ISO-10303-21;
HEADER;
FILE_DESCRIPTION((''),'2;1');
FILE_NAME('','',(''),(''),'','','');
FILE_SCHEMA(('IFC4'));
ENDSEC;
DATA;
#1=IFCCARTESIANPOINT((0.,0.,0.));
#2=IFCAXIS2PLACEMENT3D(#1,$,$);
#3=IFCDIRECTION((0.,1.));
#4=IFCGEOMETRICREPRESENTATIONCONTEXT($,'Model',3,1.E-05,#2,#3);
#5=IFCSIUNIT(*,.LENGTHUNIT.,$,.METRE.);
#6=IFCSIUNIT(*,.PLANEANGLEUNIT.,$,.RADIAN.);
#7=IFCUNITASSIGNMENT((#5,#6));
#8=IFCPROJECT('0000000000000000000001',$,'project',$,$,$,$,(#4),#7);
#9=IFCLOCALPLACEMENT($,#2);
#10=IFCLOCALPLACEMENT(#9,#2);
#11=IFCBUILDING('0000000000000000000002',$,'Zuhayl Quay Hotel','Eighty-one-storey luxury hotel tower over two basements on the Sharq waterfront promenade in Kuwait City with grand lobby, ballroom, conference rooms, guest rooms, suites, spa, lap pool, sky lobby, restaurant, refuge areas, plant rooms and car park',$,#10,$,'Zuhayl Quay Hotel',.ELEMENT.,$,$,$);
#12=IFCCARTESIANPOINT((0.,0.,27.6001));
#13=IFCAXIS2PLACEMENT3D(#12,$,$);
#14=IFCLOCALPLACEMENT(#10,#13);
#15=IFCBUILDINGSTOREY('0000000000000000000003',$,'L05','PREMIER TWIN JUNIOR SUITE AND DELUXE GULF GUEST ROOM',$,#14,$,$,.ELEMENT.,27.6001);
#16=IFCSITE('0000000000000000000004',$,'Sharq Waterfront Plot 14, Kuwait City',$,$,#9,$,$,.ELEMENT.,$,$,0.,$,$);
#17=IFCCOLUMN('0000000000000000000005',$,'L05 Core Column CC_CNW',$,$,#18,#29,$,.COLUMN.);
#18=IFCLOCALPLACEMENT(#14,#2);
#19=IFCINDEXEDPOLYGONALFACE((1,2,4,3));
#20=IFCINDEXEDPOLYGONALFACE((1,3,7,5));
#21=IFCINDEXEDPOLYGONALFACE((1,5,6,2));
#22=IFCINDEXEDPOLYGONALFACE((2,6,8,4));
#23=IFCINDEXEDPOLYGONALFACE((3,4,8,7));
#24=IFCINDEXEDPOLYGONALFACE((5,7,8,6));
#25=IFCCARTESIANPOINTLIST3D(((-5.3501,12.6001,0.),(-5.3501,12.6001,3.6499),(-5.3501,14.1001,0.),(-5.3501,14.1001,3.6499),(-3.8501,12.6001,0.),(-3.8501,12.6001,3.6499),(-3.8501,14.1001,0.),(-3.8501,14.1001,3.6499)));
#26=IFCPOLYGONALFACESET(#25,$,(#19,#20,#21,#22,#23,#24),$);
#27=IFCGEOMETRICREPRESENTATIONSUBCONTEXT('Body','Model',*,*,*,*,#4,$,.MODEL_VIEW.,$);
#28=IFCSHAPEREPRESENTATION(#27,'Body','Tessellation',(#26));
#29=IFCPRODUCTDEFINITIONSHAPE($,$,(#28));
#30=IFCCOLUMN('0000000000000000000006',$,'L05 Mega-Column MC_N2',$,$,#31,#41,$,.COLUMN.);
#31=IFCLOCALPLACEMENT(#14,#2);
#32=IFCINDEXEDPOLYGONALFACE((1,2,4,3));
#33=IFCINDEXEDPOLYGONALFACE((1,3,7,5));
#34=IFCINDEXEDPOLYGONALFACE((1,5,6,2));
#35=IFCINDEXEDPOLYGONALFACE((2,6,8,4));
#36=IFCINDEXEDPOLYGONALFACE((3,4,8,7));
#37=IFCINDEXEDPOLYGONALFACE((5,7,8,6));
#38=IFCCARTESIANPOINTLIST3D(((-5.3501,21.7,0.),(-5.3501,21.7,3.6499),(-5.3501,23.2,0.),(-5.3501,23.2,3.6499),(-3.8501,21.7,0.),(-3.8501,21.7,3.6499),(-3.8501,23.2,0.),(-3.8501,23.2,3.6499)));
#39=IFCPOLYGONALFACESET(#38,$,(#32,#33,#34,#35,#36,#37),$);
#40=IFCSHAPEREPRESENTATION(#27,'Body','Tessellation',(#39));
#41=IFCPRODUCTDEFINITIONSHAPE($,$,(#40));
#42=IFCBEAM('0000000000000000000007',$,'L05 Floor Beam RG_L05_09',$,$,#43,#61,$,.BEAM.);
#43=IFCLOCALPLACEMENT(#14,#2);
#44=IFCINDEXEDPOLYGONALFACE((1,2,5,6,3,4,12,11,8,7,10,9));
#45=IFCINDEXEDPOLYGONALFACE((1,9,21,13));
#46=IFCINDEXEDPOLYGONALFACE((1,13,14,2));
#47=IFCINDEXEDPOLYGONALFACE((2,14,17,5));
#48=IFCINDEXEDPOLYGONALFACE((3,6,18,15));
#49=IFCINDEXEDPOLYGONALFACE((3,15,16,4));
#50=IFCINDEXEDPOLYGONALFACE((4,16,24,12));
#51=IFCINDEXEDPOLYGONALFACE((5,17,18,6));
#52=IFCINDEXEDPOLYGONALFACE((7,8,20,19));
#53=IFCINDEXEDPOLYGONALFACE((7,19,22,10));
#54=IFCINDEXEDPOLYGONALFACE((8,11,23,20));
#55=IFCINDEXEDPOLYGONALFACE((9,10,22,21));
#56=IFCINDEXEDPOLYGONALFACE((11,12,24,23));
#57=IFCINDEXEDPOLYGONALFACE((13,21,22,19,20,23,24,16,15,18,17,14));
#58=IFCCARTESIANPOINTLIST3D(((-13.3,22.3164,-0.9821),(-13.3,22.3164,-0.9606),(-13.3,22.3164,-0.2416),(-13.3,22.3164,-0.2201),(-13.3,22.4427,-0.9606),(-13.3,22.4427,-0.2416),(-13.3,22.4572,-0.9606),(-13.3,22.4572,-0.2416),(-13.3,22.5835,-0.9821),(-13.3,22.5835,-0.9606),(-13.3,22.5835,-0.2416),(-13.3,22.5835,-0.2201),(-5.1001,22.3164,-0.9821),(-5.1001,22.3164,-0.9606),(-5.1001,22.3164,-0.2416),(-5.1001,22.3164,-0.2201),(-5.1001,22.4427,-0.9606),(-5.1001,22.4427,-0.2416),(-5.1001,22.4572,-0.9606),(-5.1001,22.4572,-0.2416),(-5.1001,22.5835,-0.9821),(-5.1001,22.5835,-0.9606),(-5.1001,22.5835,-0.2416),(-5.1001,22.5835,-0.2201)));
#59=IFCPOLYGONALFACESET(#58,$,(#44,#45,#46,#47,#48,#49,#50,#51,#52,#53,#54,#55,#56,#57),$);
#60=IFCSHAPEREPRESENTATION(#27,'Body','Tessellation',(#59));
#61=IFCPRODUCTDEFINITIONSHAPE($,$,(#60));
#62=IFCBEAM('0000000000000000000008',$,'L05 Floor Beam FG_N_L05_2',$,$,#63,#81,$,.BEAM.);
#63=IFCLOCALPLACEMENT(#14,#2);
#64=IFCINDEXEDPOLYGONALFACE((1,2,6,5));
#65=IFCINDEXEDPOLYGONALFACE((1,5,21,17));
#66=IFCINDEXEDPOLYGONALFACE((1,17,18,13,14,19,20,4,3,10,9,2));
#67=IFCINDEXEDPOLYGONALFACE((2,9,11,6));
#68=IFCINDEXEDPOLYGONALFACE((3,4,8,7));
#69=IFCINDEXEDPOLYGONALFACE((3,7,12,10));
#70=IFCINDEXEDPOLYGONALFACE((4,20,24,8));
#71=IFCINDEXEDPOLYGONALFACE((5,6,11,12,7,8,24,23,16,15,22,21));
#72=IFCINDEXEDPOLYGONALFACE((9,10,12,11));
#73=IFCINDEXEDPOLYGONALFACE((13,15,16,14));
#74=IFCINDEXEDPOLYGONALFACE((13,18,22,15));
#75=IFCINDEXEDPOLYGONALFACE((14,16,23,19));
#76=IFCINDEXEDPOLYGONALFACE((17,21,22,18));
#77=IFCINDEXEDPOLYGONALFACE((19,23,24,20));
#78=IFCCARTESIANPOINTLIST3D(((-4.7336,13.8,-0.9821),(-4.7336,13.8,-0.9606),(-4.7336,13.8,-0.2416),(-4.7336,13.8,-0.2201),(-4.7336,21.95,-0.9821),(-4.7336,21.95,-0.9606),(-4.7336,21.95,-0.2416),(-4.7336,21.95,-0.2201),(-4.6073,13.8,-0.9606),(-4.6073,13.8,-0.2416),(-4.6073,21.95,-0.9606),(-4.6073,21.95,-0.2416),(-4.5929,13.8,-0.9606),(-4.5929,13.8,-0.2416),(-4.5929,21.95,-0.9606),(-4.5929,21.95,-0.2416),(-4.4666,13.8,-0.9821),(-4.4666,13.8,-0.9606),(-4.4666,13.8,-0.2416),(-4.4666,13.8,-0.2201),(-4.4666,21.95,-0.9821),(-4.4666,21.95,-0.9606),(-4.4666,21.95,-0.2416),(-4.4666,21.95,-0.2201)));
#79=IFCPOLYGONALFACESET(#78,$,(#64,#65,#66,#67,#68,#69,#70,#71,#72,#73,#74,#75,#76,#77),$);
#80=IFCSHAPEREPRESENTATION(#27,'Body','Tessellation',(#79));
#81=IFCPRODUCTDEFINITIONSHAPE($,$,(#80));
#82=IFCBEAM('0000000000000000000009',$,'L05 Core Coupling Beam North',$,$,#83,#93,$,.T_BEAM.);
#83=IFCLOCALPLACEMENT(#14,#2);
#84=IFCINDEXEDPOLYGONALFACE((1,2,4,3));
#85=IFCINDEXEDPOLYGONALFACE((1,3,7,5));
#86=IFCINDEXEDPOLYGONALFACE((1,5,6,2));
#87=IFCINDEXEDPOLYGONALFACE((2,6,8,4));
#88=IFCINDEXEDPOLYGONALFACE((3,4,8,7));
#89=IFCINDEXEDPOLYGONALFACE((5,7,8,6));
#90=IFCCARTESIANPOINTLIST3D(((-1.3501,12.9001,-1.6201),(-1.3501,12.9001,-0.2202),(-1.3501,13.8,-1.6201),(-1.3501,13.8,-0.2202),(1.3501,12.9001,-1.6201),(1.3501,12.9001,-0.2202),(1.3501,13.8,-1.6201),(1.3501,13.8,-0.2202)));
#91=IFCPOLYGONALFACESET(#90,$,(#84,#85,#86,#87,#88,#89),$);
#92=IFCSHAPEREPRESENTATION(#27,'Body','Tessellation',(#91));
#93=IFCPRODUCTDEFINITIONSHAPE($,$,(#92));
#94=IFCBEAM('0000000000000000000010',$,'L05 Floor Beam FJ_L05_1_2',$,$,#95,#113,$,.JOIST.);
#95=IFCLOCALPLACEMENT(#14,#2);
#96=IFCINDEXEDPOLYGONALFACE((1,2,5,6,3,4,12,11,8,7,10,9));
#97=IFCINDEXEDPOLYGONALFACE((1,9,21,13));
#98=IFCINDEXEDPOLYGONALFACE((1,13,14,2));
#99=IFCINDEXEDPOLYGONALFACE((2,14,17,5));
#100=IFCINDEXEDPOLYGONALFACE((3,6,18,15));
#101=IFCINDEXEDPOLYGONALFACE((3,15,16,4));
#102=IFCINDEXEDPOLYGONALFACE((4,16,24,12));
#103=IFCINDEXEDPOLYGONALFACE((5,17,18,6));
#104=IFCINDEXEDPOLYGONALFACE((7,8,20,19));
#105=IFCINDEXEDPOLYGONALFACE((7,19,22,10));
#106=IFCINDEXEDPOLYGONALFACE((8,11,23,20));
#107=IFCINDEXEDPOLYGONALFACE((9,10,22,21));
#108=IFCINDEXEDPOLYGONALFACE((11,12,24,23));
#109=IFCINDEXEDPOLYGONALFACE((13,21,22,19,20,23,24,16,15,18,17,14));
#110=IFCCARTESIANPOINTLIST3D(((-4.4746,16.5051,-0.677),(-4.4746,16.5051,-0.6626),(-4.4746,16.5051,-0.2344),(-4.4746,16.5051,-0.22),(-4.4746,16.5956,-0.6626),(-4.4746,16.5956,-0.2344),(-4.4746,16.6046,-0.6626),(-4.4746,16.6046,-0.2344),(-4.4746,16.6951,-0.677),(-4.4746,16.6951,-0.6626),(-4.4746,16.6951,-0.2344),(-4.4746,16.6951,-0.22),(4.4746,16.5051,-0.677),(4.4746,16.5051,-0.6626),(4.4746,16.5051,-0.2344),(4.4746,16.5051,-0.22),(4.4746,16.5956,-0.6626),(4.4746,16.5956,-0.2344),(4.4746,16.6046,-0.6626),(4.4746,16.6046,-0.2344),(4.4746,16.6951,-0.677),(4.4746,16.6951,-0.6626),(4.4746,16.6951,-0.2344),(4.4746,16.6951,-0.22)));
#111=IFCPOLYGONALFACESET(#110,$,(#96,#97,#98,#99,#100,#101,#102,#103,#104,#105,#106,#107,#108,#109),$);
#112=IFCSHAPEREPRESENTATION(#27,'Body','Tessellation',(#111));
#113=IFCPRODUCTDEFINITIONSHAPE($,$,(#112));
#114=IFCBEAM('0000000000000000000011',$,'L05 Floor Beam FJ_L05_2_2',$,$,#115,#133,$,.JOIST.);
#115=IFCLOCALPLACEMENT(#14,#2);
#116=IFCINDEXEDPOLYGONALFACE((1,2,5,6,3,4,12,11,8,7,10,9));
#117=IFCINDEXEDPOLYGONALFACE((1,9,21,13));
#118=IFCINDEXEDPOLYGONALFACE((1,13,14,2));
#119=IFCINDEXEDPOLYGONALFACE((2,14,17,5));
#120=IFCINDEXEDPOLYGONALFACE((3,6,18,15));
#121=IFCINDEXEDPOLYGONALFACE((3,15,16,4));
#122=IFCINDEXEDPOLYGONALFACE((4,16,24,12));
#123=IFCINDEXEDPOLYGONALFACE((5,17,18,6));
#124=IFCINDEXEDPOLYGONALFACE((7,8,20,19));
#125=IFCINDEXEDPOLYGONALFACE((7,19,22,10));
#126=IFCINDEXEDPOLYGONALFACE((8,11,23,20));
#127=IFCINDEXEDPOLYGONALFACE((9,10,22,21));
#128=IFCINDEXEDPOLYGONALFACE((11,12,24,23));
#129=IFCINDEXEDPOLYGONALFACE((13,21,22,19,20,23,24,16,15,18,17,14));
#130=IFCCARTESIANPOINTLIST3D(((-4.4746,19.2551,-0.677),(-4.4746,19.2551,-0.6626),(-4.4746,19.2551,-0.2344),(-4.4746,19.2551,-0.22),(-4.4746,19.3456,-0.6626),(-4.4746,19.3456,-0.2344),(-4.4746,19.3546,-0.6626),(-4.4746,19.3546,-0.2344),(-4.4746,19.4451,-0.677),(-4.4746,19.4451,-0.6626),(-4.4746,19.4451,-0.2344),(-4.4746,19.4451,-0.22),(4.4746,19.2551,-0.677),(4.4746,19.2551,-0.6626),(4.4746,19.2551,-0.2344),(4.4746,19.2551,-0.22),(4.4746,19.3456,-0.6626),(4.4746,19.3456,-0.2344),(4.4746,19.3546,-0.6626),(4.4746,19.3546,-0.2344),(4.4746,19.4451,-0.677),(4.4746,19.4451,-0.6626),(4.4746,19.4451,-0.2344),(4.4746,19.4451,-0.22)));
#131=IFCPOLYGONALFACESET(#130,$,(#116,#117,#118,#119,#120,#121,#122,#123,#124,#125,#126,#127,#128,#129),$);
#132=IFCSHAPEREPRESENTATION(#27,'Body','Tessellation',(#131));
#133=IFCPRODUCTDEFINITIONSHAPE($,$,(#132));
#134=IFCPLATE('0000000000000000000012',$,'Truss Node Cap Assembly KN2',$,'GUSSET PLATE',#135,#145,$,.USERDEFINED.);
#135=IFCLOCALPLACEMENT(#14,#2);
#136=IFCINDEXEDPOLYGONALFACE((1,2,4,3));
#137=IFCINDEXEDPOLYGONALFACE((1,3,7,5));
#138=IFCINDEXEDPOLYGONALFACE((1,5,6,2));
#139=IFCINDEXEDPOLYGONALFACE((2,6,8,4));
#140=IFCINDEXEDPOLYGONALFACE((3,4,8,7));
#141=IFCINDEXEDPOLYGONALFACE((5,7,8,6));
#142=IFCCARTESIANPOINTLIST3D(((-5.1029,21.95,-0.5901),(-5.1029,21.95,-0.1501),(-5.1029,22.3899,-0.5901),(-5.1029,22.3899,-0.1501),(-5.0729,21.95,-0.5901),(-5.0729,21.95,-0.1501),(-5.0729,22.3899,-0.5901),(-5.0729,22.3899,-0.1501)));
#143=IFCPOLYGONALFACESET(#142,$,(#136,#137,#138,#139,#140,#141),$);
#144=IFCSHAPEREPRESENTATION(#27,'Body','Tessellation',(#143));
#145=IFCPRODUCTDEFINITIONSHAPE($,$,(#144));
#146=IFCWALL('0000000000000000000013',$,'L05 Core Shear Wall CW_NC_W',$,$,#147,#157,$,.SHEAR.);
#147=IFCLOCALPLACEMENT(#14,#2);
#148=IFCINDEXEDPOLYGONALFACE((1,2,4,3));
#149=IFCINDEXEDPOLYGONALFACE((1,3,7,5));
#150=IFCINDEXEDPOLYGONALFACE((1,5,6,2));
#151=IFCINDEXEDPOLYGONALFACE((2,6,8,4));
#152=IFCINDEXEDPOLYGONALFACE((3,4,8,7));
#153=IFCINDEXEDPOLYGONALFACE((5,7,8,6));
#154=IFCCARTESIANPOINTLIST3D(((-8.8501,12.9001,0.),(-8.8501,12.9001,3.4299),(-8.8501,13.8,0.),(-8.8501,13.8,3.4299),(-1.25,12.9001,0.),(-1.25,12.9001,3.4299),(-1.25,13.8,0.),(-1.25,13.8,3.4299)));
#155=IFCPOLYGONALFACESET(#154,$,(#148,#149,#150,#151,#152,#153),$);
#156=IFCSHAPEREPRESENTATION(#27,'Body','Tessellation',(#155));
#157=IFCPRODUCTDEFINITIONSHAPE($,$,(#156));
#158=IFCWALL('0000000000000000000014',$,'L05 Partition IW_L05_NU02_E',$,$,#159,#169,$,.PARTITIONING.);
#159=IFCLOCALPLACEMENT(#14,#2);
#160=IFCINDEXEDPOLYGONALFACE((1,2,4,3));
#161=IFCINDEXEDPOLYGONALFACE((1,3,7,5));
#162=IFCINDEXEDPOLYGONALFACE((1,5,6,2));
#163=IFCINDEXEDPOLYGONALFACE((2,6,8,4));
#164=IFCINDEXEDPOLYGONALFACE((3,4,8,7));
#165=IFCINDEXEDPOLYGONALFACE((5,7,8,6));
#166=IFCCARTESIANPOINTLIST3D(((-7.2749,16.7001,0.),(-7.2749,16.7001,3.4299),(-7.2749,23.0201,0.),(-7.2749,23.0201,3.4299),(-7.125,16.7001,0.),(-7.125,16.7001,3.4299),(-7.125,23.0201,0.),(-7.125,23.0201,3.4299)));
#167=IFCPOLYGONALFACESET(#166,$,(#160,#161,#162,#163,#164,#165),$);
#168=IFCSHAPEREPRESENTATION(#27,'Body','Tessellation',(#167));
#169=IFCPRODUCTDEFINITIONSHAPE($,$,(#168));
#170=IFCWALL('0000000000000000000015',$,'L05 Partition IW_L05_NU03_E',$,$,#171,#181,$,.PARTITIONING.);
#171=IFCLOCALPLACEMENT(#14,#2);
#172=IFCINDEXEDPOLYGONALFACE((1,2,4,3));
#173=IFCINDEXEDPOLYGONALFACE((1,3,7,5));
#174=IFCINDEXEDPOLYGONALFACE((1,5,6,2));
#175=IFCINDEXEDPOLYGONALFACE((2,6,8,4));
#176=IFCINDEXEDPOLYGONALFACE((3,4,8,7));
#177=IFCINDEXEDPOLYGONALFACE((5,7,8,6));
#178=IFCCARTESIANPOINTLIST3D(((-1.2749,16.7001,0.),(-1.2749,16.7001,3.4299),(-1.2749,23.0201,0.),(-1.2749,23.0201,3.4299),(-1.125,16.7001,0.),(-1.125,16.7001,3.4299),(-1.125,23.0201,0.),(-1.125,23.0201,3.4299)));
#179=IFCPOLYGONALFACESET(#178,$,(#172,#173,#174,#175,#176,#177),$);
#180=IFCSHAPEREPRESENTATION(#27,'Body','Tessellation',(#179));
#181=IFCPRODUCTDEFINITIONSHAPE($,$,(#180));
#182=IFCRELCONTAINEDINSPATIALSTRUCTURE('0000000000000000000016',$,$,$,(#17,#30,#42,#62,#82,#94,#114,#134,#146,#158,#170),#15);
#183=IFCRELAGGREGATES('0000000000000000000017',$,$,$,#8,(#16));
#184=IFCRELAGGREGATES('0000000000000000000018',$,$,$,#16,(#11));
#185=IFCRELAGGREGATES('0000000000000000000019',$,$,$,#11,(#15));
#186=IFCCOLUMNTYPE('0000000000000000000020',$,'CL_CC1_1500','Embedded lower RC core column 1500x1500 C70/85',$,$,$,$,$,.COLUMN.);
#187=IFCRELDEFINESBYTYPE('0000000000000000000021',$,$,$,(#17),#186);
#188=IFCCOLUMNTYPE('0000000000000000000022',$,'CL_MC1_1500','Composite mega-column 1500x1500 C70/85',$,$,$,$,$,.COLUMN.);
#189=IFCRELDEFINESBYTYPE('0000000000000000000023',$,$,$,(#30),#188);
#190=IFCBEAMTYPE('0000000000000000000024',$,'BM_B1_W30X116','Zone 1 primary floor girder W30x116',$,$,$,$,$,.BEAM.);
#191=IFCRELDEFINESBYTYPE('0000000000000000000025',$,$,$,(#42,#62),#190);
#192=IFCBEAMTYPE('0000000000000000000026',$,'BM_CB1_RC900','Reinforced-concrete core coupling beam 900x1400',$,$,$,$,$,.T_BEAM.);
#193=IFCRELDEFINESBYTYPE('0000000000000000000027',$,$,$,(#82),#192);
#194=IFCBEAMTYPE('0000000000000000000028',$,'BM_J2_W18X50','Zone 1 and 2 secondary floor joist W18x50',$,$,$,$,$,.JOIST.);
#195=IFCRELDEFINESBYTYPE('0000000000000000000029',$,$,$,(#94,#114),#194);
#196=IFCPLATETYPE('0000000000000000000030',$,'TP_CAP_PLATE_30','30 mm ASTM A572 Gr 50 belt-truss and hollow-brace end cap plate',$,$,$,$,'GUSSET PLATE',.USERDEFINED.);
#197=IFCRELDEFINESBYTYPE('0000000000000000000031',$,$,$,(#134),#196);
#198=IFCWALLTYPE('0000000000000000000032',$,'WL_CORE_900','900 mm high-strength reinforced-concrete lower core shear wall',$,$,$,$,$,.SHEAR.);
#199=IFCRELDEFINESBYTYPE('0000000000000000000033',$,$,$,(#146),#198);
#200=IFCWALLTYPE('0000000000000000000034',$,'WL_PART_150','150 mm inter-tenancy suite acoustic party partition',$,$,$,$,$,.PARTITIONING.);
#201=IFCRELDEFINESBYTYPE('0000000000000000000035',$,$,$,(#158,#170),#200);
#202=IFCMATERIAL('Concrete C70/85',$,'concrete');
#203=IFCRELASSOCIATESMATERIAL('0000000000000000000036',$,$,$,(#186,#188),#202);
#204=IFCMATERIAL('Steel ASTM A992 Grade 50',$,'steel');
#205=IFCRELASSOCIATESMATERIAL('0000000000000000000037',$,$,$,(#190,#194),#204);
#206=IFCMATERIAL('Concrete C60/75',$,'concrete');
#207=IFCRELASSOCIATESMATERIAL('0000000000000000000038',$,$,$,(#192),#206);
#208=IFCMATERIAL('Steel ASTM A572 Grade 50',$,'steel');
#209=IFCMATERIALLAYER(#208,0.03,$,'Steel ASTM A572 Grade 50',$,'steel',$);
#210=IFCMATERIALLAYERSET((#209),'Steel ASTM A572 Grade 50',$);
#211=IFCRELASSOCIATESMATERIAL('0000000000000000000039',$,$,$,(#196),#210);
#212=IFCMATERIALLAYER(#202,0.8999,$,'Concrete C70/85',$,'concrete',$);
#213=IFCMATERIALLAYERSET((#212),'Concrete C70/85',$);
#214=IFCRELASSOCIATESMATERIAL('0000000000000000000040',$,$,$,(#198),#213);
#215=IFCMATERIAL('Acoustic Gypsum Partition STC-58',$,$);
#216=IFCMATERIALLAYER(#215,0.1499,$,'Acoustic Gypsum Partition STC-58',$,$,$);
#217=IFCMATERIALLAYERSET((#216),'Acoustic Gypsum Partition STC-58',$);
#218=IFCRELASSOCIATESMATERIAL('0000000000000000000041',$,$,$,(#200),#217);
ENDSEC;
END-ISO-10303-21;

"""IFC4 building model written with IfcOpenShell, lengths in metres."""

from ifc_helpers import new_model, si_unit, direction, frame, frame_2d, origin, origin_2d, place, context, subcontext, project, spatial, rectangle, i_section, extrude, material, layer, layer_set, material_profile, profile_set, type_object, element, save


model = new_model("IFC4")

# Units and contexts
model_context = context("Model", 3, precision=1e-05, world=origin(), true_north=direction((0.0, 1.0)))
body_context = subcontext(model_context, "Body", "Model", "MODEL_VIEW")
ifc_project = project(units=[si_unit("LENGTHUNIT", "METRE"), si_unit("PLANEANGLEUNIT", "RADIAN")], contexts=[model_context])

# Site, building, storey
site_placement = place(None, origin())
site = spatial("IfcSite", under=ifc_project, at=site_placement, Name="Sharq Waterfront Plot 14, Kuwait City", CompositionType="ELEMENT", RefElevation=0.0)
building_placement = place(site_placement, origin())
building = spatial("IfcBuilding", under=site, at=building_placement, Name="Zuhayl Quay Hotel", Description="Eighty-one-storey luxury hotel tower over two basements on the Sharq waterfront promenade in Kuwait City with grand lobby, ballroom, conference rooms, guest rooms, suites, spa, lap pool, sky lobby, restaurant, refuge areas, plant rooms and car park", LongName="Zuhayl Quay Hotel", CompositionType="ELEMENT")
storey_placement = place(building_placement, frame((0.0, 0.0, 27.6001)))
storey = spatial("IfcBuildingStorey", under=building, at=storey_placement, Name="L05", Description="PREMIER TWIN JUNIOR SUITE AND DELUXE GULF GUEST ROOM", CompositionType="ELEMENT", Elevation=27.6001)

# Columns
ifc_material_1 = material(Name="Concrete C70/85", Category="concrete")
ifc_material_profile_1 = material_profile(ifc_material_1, rectangle(XDim=1.5, YDim=1.5, at=origin_2d()), Name="RC1500X1500")
ifc_profile_set_1 = profile_set([ifc_material_profile_1], Name="Concrete C70/85")
column_type_1 = type_object("IfcColumnType", Name="CL_CC1_1500", Description="Embedded lower RC core column 1500x1500 C70/85", PredefinedType="COLUMN", material=ifc_profile_set_1)
column_1_placement = place(storey_placement, frame((-4.6001, 13.3501, 0.0), z_axis=(0.0, 0.0, 1.0), x_axis=(1.0, 0.0, 0.0)))
element("IfcColumn", 1, at=column_1_placement, inside=storey, type_object=column_type_1, Name="L05 Core Column CC_CNW", PredefinedType="COLUMN", context=body_context, shape_type="SweptSolid", body=[
    extrude(rectangle(XDim=1.5, YDim=1.5, at=origin_2d()), origin(), (0.0, 0.0, 1.0), 3.6499),
])
ifc_material_profile_2 = material_profile(ifc_material_1, rectangle(XDim=1.5, YDim=1.5, at=origin_2d()), Name="RC1500X1500")
ifc_profile_set_2 = profile_set([ifc_material_profile_2], Name="Concrete C70/85")
column_type_2 = type_object("IfcColumnType", Name="CL_MC1_1500", Description="Composite mega-column 1500x1500 C70/85", PredefinedType="COLUMN", material=ifc_profile_set_2)
column_2_placement = place(storey_placement, frame((-4.6001, 22.45, 0.0), z_axis=(0.0, 0.0, 1.0), x_axis=(1.0, 0.0, 0.0)))
element("IfcColumn", 2, at=column_2_placement, inside=storey, type_object=column_type_2, Name="L05 Mega-Column MC_N2", PredefinedType="COLUMN", context=body_context, shape_type="SweptSolid", body=[
    extrude(rectangle(XDim=1.5, YDim=1.5, at=origin_2d()), origin(), (0.0, 0.0, 1.0), 3.6499),
])

# Beams
ifc_material_2 = material(Name="Steel ASTM A992 Grade 50", Category="steel")
ifc_material_profile_3 = material_profile(ifc_material_2, i_section(OverallWidth=0.2671, OverallDepth=0.762, WebThickness=0.0144, FlangeThickness=0.0215, at=origin_2d()), Name="W30X116")
ifc_profile_set_3 = profile_set([ifc_material_profile_3], Name="Steel ASTM A992 Grade 50")
beam_type_1 = type_object("IfcBeamType", Name="BM_B1_W30X116", Description="Zone 1 primary floor girder W30x116", PredefinedType="BEAM", material=ifc_profile_set_3)
beam_1_placement = place(storey_placement, frame((-5.1001, 22.45, -0.6011), z_axis=(-1.0, 0.0, 0.0), x_axis=(0.0, -1.0, 0.0)))
element("IfcBeam", 3, at=beam_1_placement, inside=storey, type_object=beam_type_1, Name="L05 Floor Beam RG_L05_09", PredefinedType="BEAM", context=body_context, shape_type="SweptSolid", body=[
    extrude(i_section(OverallWidth=0.2671, OverallDepth=0.762, WebThickness=0.0144, FlangeThickness=0.0215, at=origin_2d()), origin(), (0.0, 0.0, 1.0), 8.2),
])
beam_2_placement = place(storey_placement, frame((-4.6001, 13.8, -0.6011), z_axis=(0.0, 1.0, 0.0), x_axis=(-1.0, 0.0, 0.0)))
element("IfcBeam", 4, at=beam_2_placement, inside=storey, type_object=beam_type_1, Name="L05 Floor Beam FG_N_L05_2", PredefinedType="BEAM", context=body_context, shape_type="SweptSolid", body=[
    extrude(i_section(OverallWidth=0.2671, OverallDepth=0.762, WebThickness=0.0144, FlangeThickness=0.0215, at=origin_2d()), origin(), (0.0, 0.0, 1.0), 8.1499),
])
ifc_material_3 = material(Name="Concrete C60/75", Category="concrete")
ifc_material_profile_4 = material_profile(ifc_material_3, rectangle(XDim=0.8999, YDim=1.3999, at=origin_2d()), Name="RC900X1400")
ifc_profile_set_4 = profile_set([ifc_material_profile_4], Name="Concrete C60/75")
beam_type_2 = type_object("IfcBeamType", Name="BM_CB1_RC900", Description="Reinforced-concrete core coupling beam 900x1400", PredefinedType="T_BEAM", material=ifc_profile_set_4)
beam_3_placement = place(storey_placement, frame((-1.3501, 13.3501, -0.9202), z_axis=(1.0, 0.0, 0.0), x_axis=(0.0, 1.0, 0.0)))
element("IfcBeam", 5, at=beam_3_placement, inside=storey, type_object=beam_type_2, Name="L05 Core Coupling Beam North", PredefinedType="T_BEAM", context=body_context, shape_type="SweptSolid", body=[
    extrude(rectangle(XDim=0.8999, YDim=1.3999, at=origin_2d()), origin(), (0.0, 0.0, 1.0), 2.7002),
])
ifc_material_profile_5 = material_profile(ifc_material_2, i_section(OverallWidth=0.1899, OverallDepth=0.457, WebThickness=0.009, FlangeThickness=0.0144, at=origin_2d()), Name="W18X50")
ifc_profile_set_5 = profile_set([ifc_material_profile_5], Name="Steel ASTM A992 Grade 50")
beam_type_3 = type_object("IfcBeamType", Name="BM_J2_W18X50", Description="Zone 1 and 2 secondary floor joist W18x50", PredefinedType="JOIST", material=ifc_profile_set_5)
for number, where, z_axis, x_axis, name in (
    (6, (-4.4746, 16.6001, -0.4485), (1.0, 0.0, 0.0), (0.0, 1.0, 0.0), "L05 Floor Beam FJ_L05_1_2"),
    (7, (-4.4746, 19.3501, -0.4485), (1.0, 0.0, 0.0), (0.0, 1.0, 0.0), "L05 Floor Beam FJ_L05_2_2"),
):
    element("IfcBeam", number, at=place(storey_placement, frame(where, z_axis=z_axis, x_axis=x_axis)), inside=storey, type_object=beam_type_3, Name=name, PredefinedType="JOIST", context=body_context, shape_type="SweptSolid", body=[
        extrude(i_section(OverallWidth=0.1899, OverallDepth=0.457, WebThickness=0.009, FlangeThickness=0.0144, at=origin_2d()), origin(), (0.0, 0.0, 1.0), 8.9492),
    ])

# Plate
ifc_material_4 = material(Name="Steel ASTM A572 Grade 50", Category="steel")
ifc_layer_1 = layer(ifc_material_4, 0.03, Name="Steel ASTM A572 Grade 50", Category="steel")
ifc_layer_set_1 = layer_set([ifc_layer_1], Name="Steel ASTM A572 Grade 50")
plate_type = type_object("IfcPlateType", Name="TP_CAP_PLATE_30", Description="30 mm ASTM A572 Gr 50 belt-truss and hollow-brace end cap plate", ElementType="GUSSET PLATE", PredefinedType="USERDEFINED", material=ifc_layer_set_1)
plate_placement = place(storey_placement, frame((-5.0879, 22.1699, -0.5901), z_axis=(0.0, 0.0, 1.0), x_axis=(1.0, 0.0, 0.0)))
element("IfcPlate", 8, at=plate_placement, inside=storey, type_object=plate_type, Name="Truss Node Cap Assembly KN2", ObjectType="GUSSET PLATE", PredefinedType="USERDEFINED", context=body_context, shape_type="SweptSolid", body=[
    extrude(rectangle(XDim=0.03, YDim=0.4399, at=origin_2d()), origin(), (0.0, 0.0, 1.0), 0.4399),
])

# Walls
ifc_layer_2 = layer(ifc_material_1, 0.8999, Name="Concrete C70/85", Category="concrete")
ifc_layer_set_2 = layer_set([ifc_layer_2], Name="Concrete C70/85")
wall_type_1 = type_object("IfcWallType", Name="WL_CORE_900", Description="900 mm high-strength reinforced-concrete lower core shear wall", PredefinedType="SHEAR", material=ifc_layer_set_2)
wall_1_placement = place(storey_placement, frame((-8.8501, 13.3501, 0.0), z_axis=(0.0, 0.0, 1.0), x_axis=(1.0, 0.0, 0.0)))
element("IfcWall", 9, at=wall_1_placement, inside=storey, type_object=wall_type_1, Name="L05 Core Shear Wall CW_NC_W", PredefinedType="SHEAR", context=body_context, shape_type="SweptSolid", body=[
    extrude(rectangle(XDim=7.6001, YDim=0.8999, at=frame_2d((3.8, 0.0))), origin(), (0.0, 0.0, 1.0), 3.4299),
])
ifc_material_5 = material(Name="Acoustic Gypsum Partition STC-58")
ifc_layer_3 = layer(ifc_material_5, 0.1499, Name="Acoustic Gypsum Partition STC-58")
ifc_layer_set_3 = layer_set([ifc_layer_3], Name="Acoustic Gypsum Partition STC-58")
wall_type_2 = type_object("IfcWallType", Name="WL_PART_150", Description="150 mm inter-tenancy suite acoustic party partition", PredefinedType="PARTITIONING", material=ifc_layer_set_3)
for number, where, z_axis, x_axis, name in (
    (10, (-7.2, 16.7, 0.0), (0.0, 0.0, 1.0), (0.0, 1.0, 0.0), "L05 Partition IW_L05_NU02_E"),
    (11, (-1.2, 16.7, 0.0), (0.0, 0.0, 1.0), (0.0, 1.0, 0.0), "L05 Partition IW_L05_NU03_E"),
):
    element("IfcWall", number, at=place(storey_placement, frame(where, z_axis=z_axis, x_axis=x_axis)), inside=storey, type_object=wall_type_2, Name=name, PredefinedType="PARTITIONING", context=body_context, shape_type="SweptSolid", body=[
        extrude(rectangle(XDim=6.3201, YDim=0.1499, at=frame_2d((3.1602, 0.0))), origin(), (0.0, 0.0, 1.0), 3.4299),
    ])

save(model, "model.ifc")
